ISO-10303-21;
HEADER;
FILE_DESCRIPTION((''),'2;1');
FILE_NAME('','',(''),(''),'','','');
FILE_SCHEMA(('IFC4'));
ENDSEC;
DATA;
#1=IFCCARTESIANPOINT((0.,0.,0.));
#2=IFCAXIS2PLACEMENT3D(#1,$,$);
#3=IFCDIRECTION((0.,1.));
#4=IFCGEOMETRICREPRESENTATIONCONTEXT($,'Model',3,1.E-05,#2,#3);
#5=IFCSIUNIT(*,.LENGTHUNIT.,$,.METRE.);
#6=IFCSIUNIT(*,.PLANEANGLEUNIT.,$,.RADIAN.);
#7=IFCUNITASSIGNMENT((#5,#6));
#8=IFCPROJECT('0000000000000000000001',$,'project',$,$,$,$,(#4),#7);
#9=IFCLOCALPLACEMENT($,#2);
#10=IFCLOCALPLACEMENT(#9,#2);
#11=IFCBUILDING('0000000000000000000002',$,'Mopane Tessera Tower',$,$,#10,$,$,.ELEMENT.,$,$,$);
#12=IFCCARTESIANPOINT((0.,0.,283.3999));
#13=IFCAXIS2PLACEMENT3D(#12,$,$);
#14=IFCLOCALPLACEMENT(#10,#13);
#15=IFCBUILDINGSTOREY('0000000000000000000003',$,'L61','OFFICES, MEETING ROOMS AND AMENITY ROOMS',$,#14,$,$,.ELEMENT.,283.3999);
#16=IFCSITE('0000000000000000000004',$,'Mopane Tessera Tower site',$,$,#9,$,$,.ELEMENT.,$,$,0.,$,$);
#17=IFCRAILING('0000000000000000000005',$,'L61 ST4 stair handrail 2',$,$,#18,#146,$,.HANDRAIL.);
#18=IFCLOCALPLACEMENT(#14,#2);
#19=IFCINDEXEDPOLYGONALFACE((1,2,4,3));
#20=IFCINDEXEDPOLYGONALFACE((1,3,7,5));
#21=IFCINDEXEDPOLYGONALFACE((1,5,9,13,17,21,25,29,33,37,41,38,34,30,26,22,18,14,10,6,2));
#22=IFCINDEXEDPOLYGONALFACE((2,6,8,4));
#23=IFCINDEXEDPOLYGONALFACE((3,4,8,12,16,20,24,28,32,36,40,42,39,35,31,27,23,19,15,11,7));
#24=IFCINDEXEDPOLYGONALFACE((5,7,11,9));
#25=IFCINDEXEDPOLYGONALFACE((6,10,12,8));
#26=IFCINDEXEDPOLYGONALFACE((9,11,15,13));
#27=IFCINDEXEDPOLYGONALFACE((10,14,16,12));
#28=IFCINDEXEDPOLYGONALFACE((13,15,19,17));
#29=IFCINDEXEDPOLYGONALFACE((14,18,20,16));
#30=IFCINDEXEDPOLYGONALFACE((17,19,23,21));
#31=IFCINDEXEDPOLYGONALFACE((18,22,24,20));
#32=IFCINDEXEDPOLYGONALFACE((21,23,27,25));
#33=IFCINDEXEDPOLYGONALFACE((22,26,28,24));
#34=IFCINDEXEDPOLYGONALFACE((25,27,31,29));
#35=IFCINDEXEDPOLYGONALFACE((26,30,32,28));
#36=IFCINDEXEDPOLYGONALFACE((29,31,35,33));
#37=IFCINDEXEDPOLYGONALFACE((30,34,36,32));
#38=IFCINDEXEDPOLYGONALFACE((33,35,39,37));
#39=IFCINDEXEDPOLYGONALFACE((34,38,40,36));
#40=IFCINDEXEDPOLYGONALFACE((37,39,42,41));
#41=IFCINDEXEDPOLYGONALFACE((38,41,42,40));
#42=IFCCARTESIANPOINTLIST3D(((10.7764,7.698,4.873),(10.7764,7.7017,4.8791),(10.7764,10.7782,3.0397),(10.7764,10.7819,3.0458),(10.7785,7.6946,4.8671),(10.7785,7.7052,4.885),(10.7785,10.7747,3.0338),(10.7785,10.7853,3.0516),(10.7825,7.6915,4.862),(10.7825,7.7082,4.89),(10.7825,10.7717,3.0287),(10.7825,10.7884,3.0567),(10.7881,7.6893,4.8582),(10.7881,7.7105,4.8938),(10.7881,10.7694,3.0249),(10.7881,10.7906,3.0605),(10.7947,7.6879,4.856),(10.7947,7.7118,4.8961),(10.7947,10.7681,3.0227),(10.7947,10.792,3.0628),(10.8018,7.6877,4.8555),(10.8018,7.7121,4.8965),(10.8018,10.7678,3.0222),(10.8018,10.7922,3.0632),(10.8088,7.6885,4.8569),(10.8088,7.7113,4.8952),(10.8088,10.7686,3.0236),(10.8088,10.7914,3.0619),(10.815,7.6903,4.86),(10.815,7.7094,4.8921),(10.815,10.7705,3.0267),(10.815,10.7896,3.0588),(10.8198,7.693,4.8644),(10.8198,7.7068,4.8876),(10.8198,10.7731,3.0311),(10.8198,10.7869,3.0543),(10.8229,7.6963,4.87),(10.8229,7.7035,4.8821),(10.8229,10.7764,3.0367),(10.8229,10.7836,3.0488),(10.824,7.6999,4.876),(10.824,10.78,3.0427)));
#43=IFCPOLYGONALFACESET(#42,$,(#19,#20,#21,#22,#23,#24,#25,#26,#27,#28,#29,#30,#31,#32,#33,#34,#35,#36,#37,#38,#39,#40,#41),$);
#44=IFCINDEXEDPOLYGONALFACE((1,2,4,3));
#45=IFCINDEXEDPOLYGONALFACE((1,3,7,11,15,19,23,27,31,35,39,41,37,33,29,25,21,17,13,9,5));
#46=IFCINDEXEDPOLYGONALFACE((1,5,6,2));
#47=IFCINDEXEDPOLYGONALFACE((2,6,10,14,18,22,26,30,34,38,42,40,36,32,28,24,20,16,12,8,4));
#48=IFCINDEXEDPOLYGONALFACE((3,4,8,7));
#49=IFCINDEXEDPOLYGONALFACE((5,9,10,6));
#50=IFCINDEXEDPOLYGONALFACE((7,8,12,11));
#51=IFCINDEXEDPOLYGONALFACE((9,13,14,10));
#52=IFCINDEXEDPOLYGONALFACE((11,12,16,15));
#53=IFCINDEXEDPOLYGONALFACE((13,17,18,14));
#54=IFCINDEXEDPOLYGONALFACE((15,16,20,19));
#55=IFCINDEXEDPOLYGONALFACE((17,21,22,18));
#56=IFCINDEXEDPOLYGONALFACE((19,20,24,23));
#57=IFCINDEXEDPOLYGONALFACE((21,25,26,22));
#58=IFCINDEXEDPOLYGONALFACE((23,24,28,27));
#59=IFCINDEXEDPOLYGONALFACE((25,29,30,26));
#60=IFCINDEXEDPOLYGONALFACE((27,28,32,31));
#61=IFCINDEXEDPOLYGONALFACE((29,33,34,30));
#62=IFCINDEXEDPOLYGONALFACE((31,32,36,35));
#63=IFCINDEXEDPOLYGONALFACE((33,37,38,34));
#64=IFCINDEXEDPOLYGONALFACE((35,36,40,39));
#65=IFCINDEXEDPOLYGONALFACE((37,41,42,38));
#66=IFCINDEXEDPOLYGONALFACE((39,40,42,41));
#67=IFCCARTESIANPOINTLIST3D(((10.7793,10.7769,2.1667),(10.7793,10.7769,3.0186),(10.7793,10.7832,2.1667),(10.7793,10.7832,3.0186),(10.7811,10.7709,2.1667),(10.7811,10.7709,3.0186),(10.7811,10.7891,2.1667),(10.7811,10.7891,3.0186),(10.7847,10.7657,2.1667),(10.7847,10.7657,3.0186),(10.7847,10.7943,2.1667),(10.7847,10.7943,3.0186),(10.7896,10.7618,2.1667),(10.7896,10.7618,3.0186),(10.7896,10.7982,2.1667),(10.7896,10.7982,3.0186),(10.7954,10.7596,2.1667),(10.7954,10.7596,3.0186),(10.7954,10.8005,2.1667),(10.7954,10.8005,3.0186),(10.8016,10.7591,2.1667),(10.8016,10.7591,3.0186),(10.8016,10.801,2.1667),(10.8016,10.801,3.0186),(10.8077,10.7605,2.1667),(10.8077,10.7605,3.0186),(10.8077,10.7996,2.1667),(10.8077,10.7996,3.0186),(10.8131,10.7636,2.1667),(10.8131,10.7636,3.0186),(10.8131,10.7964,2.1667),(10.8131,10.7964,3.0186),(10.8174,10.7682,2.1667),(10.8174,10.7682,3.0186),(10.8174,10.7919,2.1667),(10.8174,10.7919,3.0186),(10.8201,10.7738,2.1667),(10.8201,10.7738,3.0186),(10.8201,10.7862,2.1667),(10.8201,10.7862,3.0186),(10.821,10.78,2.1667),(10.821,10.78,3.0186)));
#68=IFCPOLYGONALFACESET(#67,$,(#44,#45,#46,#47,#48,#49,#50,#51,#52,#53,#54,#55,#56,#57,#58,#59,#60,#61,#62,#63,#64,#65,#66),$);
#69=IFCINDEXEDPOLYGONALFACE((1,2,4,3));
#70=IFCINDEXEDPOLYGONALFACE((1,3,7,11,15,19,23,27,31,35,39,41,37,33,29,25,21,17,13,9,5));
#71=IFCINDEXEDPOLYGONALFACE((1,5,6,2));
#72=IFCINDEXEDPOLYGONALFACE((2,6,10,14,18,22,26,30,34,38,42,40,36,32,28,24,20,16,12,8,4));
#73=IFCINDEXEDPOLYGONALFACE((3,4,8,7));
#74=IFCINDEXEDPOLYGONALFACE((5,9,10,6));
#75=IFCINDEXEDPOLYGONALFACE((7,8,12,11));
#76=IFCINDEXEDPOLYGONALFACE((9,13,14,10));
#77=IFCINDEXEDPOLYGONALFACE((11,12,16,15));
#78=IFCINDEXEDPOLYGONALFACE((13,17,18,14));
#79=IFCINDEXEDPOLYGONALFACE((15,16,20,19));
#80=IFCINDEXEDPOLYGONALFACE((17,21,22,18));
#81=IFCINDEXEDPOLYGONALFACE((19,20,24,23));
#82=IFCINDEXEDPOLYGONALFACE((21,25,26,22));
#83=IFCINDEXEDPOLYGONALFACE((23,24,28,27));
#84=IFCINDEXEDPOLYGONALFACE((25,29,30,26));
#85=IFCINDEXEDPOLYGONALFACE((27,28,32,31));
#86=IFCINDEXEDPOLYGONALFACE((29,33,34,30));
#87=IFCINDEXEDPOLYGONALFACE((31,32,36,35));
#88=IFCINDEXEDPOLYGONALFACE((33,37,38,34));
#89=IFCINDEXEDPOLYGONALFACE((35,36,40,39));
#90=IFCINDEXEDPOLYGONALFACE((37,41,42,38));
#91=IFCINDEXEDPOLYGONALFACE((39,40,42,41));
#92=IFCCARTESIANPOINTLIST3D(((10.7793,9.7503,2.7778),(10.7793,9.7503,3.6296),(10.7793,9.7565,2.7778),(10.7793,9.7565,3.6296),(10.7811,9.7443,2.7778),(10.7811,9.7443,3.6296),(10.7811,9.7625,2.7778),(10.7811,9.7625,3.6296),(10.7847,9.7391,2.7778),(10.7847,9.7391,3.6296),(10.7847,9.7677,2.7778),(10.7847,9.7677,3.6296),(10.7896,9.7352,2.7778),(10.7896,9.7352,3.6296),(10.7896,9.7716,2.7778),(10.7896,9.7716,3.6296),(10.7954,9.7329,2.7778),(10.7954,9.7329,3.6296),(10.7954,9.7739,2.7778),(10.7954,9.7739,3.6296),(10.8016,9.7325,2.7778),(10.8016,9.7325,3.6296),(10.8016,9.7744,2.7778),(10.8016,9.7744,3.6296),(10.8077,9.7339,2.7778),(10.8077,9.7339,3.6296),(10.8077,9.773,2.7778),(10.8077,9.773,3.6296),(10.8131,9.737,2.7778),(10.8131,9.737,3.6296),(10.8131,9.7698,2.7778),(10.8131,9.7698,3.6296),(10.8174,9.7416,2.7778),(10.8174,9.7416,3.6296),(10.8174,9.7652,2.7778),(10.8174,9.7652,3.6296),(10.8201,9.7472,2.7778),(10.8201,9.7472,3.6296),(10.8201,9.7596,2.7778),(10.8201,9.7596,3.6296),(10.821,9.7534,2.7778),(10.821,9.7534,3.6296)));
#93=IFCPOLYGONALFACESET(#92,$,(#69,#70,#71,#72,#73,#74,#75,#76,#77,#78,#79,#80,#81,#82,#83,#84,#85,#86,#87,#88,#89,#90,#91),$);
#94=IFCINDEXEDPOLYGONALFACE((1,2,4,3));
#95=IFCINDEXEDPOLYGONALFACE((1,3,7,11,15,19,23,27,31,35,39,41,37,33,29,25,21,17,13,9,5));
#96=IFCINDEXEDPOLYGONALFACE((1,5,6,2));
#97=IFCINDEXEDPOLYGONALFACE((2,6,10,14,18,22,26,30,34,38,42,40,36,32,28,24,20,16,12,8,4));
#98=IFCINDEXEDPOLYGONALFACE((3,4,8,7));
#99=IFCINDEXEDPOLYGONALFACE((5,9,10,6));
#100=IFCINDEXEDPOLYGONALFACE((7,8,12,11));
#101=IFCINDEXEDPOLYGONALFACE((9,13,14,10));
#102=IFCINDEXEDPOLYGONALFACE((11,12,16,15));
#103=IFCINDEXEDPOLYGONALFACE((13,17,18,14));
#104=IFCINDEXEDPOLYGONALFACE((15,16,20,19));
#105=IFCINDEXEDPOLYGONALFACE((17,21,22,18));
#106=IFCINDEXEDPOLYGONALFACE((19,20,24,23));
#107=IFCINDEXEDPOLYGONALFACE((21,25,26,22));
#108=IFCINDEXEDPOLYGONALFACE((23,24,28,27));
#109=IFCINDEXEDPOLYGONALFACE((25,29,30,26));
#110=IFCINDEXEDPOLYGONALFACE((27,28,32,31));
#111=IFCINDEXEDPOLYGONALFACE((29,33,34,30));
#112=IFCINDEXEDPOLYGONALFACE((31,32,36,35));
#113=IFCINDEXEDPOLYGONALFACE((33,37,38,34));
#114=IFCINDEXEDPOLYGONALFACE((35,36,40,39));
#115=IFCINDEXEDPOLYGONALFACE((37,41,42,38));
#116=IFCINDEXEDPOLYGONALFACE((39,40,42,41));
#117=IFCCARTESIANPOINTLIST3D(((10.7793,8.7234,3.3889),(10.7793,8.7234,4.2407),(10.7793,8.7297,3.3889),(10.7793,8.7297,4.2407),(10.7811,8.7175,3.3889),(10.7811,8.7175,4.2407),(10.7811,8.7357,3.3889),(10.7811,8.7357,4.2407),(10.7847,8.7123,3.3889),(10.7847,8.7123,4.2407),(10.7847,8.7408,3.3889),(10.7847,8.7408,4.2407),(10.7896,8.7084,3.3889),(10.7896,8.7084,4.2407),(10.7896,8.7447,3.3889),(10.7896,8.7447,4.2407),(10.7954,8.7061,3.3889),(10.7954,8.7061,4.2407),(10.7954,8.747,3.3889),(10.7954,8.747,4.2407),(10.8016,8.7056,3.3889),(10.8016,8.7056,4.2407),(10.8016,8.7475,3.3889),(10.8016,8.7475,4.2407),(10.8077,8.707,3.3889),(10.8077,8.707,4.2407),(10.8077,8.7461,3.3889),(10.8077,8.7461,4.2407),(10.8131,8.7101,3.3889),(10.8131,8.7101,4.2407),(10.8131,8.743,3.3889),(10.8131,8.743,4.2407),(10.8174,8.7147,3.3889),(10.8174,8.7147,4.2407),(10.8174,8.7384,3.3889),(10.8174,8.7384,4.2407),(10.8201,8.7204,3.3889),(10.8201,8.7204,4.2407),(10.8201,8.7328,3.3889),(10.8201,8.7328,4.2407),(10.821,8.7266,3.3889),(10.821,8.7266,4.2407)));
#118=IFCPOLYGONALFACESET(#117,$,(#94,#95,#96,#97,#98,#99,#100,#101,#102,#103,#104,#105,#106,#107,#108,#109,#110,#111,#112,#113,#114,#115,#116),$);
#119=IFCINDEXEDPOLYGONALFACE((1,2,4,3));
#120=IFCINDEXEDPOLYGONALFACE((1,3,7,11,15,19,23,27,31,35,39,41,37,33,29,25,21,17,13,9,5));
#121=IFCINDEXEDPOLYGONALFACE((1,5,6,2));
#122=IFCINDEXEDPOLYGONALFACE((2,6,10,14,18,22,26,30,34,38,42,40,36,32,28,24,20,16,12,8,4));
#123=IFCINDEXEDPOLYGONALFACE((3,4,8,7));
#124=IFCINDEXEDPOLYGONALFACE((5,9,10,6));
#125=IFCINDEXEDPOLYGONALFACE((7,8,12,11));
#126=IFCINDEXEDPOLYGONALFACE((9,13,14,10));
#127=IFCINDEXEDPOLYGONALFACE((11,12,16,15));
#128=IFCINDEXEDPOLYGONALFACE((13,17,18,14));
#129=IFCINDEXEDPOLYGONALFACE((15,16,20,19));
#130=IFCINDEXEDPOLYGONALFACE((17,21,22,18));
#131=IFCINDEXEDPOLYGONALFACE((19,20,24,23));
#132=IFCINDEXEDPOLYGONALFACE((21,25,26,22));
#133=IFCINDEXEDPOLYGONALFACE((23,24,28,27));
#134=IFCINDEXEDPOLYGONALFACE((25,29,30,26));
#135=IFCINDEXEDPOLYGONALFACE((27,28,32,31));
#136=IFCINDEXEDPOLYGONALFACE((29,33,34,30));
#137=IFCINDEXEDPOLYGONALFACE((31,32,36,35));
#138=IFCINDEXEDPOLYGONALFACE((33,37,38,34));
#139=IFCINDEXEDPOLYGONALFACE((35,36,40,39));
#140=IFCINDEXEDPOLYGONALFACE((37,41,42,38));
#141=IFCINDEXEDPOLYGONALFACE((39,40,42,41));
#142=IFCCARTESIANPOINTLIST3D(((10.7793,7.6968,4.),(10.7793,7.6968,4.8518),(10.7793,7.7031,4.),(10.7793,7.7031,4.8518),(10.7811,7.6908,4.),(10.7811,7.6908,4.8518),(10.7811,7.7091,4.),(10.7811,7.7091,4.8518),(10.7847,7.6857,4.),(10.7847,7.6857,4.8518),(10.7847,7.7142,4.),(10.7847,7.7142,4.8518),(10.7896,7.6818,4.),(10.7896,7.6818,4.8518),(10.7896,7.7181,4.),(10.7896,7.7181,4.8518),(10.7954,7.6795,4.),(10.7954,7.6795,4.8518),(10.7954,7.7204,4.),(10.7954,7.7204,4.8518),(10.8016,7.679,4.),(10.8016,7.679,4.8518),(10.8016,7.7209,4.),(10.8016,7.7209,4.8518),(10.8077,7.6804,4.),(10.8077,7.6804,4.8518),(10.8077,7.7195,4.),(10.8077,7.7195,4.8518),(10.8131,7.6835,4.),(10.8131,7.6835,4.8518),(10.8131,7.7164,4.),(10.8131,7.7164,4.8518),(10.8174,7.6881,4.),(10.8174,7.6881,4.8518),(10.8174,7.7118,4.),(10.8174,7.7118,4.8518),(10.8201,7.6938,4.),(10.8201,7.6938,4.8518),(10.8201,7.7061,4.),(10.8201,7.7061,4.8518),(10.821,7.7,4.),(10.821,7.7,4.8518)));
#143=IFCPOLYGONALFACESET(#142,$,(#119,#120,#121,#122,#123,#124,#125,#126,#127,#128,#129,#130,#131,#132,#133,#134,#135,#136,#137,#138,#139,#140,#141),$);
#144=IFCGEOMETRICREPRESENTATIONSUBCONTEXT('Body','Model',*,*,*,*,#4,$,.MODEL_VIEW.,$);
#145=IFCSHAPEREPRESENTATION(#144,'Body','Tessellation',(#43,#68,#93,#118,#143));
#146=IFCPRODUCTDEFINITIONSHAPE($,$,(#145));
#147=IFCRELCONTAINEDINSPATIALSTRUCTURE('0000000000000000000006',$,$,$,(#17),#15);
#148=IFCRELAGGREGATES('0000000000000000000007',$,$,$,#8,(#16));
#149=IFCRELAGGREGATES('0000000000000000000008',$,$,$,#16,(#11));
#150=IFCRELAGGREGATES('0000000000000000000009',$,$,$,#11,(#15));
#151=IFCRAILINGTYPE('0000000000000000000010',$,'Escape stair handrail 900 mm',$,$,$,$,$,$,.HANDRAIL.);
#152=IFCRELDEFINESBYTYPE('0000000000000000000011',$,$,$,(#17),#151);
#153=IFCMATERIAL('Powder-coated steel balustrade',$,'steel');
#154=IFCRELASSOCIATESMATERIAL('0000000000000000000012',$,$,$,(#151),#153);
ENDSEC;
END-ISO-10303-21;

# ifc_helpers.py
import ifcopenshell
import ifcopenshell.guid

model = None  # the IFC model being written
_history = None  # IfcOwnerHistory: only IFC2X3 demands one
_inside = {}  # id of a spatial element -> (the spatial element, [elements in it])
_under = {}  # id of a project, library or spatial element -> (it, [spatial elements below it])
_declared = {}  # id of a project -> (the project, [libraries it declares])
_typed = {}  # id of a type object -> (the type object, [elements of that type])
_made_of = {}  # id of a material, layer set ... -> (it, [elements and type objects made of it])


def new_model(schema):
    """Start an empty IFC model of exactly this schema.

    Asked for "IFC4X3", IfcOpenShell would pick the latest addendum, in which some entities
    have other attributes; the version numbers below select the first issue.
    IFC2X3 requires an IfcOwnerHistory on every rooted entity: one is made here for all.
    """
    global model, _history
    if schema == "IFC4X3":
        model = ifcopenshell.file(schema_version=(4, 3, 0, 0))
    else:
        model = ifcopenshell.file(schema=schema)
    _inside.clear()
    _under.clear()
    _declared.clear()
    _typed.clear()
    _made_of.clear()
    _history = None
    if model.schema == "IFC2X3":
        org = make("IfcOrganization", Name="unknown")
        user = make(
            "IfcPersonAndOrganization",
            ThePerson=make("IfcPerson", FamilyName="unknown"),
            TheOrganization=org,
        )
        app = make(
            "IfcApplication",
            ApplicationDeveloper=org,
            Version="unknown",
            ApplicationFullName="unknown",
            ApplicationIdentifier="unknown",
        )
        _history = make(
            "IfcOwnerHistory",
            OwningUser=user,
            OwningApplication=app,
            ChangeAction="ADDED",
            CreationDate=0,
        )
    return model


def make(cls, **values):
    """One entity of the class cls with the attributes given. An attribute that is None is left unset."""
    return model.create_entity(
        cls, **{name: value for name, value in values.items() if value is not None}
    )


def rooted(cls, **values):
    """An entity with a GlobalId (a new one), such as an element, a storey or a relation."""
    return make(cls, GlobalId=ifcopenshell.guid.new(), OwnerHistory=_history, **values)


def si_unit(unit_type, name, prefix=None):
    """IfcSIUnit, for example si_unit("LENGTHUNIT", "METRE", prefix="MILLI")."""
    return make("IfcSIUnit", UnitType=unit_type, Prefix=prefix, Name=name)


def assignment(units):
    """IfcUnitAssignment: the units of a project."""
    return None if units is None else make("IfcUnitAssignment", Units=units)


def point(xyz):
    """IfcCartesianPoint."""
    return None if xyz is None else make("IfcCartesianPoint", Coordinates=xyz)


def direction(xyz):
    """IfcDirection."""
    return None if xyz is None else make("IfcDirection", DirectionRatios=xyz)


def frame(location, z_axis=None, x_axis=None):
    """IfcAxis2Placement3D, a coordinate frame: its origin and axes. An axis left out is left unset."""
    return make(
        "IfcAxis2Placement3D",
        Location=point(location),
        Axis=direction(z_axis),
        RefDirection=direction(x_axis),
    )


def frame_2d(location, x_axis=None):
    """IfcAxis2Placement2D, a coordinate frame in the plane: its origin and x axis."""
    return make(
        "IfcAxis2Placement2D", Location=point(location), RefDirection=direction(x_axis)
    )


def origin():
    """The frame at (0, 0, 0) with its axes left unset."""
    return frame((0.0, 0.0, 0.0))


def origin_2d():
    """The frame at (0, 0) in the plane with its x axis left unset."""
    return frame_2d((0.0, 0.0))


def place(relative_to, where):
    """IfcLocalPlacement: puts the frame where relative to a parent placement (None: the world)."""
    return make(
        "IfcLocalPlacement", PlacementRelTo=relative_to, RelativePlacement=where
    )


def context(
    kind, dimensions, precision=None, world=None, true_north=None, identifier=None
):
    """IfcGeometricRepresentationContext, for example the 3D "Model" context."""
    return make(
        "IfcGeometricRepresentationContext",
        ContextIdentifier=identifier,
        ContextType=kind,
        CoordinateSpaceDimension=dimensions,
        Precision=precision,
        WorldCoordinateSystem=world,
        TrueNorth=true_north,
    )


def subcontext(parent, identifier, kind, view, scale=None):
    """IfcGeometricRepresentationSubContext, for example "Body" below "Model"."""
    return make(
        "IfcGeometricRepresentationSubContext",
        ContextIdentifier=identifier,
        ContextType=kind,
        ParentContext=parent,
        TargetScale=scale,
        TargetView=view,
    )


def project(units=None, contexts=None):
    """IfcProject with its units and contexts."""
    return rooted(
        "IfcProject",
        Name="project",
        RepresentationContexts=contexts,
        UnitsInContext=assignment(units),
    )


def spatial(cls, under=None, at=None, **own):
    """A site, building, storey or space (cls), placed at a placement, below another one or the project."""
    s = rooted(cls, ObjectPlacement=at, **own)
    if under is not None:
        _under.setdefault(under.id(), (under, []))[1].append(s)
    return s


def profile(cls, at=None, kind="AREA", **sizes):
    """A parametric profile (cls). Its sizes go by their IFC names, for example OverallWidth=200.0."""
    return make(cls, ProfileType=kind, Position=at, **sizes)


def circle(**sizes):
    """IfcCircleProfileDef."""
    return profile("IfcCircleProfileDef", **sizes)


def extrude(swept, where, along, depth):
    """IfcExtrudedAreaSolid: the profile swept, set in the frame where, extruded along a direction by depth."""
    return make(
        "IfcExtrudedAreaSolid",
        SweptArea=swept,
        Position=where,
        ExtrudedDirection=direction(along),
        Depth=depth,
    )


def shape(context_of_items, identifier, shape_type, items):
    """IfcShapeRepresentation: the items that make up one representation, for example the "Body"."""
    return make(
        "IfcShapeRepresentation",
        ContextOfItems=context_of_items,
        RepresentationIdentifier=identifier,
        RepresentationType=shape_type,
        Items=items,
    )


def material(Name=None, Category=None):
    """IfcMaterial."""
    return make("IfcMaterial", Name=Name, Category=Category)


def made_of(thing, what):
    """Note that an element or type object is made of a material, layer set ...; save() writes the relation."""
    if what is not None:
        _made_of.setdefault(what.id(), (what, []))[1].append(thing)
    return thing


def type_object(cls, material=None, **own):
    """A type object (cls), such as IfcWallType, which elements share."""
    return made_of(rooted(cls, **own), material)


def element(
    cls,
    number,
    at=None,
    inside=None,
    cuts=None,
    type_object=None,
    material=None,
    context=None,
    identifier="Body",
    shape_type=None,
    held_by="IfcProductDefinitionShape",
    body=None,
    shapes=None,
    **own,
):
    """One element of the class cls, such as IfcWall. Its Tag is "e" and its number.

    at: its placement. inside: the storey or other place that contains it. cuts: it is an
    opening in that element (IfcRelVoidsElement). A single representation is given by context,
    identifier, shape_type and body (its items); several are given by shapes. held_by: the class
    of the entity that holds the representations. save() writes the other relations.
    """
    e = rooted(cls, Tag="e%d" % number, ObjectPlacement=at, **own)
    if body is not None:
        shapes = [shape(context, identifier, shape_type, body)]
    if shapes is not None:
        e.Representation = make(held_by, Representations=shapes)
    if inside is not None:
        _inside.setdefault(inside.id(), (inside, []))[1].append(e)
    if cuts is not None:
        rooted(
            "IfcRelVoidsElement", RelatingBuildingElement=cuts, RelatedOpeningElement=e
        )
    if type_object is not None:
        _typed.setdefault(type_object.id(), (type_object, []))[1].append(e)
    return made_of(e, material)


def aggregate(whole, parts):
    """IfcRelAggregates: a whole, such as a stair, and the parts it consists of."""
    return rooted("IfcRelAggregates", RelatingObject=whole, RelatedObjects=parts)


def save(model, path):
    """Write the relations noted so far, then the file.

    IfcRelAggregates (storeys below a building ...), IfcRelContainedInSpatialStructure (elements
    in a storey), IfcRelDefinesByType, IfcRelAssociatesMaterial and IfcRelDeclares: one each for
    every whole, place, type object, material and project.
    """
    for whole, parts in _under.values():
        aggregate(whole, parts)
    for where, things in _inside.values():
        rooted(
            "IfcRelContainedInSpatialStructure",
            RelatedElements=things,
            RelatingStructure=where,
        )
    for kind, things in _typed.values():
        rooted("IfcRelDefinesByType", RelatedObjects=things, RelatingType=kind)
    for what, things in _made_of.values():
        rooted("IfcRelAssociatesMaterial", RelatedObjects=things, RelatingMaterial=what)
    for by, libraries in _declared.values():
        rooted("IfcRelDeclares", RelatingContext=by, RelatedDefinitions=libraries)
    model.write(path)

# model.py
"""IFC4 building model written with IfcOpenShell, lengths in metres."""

from ifc_helpers import new_model, si_unit, direction, frame, origin, origin_2d, place, context, subcontext, project, spatial, circle, extrude, material, type_object, element, save


model = new_model("IFC4")

# Units and contexts
model_context = context("Model", 3, precision=1e-05, world=origin(), true_north=direction((0.0, 1.0)))
body_context = subcontext(model_context, "Body", "Model", "MODEL_VIEW")
ifc_project = project(units=[si_unit("LENGTHUNIT", "METRE"), si_unit("PLANEANGLEUNIT", "RADIAN")], contexts=[model_context])

# Site, building, storey
site_placement = place(None, origin())
site = spatial("IfcSite", under=ifc_project, at=site_placement, Name="Mopane Tessera Tower site", CompositionType="ELEMENT", RefElevation=0.0)
building_placement = place(site_placement, origin())
building = spatial("IfcBuilding", under=site, at=building_placement, Name="Mopane Tessera Tower", CompositionType="ELEMENT")
storey_placement = place(building_placement, frame((0.0, 0.0, 283.3999)))
storey = spatial("IfcBuildingStorey", under=building, at=storey_placement, Name="L61", Description="OFFICES, MEETING ROOMS AND AMENITY ROOMS", CompositionType="ELEMENT", Elevation=283.3999)

# Railing
ifc_material_1 = material(Name="Powder-coated steel balustrade", Category="steel")
railing_type_1 = type_object("IfcRailingType", Name="Escape stair handrail 900 mm", PredefinedType="HANDRAIL", material=ifc_material_1)
railing_1_placement = place(storey_placement, frame((10.8, 10.78, 2.1667)))
element("IfcRailing", 1, at=railing_1_placement, inside=storey, type_object=railing_type_1, Name="L61 ST4 stair handrail 2", PredefinedType="HANDRAIL", context=body_context, shape_type="SweptSolid", body=[
    extrude(circle(Radius=0.0239, at=origin_2d()), frame((0.0, 0.0, 0.876), z_axis=(0.0, -0.859309, 0.511458), x_axis=(1.0, 0.0, 0.0)), (0.0, 0.0, 1.0), 3.5845),
    extrude(circle(Radius=0.021, at=origin_2d()), origin(), (0.0, 0.0, 1.0), 0.8518),
    extrude(circle(Radius=0.021, at=origin_2d()), frame((0.0, -1.0266, 0.6111)), (0.0, 0.0, 1.0), 0.8518),
    extrude(circle(Radius=0.021, at=origin_2d()), frame((0.0, -2.0535, 1.2222)), (0.0, 0.0, 1.0), 0.8518),
    extrude(circle(Radius=0.021, at=origin_2d()), frame((0.0, -3.0801, 1.8333)), (0.0, 0.0, 1.0), 0.8518),
])

save(model, "model.ifc")
